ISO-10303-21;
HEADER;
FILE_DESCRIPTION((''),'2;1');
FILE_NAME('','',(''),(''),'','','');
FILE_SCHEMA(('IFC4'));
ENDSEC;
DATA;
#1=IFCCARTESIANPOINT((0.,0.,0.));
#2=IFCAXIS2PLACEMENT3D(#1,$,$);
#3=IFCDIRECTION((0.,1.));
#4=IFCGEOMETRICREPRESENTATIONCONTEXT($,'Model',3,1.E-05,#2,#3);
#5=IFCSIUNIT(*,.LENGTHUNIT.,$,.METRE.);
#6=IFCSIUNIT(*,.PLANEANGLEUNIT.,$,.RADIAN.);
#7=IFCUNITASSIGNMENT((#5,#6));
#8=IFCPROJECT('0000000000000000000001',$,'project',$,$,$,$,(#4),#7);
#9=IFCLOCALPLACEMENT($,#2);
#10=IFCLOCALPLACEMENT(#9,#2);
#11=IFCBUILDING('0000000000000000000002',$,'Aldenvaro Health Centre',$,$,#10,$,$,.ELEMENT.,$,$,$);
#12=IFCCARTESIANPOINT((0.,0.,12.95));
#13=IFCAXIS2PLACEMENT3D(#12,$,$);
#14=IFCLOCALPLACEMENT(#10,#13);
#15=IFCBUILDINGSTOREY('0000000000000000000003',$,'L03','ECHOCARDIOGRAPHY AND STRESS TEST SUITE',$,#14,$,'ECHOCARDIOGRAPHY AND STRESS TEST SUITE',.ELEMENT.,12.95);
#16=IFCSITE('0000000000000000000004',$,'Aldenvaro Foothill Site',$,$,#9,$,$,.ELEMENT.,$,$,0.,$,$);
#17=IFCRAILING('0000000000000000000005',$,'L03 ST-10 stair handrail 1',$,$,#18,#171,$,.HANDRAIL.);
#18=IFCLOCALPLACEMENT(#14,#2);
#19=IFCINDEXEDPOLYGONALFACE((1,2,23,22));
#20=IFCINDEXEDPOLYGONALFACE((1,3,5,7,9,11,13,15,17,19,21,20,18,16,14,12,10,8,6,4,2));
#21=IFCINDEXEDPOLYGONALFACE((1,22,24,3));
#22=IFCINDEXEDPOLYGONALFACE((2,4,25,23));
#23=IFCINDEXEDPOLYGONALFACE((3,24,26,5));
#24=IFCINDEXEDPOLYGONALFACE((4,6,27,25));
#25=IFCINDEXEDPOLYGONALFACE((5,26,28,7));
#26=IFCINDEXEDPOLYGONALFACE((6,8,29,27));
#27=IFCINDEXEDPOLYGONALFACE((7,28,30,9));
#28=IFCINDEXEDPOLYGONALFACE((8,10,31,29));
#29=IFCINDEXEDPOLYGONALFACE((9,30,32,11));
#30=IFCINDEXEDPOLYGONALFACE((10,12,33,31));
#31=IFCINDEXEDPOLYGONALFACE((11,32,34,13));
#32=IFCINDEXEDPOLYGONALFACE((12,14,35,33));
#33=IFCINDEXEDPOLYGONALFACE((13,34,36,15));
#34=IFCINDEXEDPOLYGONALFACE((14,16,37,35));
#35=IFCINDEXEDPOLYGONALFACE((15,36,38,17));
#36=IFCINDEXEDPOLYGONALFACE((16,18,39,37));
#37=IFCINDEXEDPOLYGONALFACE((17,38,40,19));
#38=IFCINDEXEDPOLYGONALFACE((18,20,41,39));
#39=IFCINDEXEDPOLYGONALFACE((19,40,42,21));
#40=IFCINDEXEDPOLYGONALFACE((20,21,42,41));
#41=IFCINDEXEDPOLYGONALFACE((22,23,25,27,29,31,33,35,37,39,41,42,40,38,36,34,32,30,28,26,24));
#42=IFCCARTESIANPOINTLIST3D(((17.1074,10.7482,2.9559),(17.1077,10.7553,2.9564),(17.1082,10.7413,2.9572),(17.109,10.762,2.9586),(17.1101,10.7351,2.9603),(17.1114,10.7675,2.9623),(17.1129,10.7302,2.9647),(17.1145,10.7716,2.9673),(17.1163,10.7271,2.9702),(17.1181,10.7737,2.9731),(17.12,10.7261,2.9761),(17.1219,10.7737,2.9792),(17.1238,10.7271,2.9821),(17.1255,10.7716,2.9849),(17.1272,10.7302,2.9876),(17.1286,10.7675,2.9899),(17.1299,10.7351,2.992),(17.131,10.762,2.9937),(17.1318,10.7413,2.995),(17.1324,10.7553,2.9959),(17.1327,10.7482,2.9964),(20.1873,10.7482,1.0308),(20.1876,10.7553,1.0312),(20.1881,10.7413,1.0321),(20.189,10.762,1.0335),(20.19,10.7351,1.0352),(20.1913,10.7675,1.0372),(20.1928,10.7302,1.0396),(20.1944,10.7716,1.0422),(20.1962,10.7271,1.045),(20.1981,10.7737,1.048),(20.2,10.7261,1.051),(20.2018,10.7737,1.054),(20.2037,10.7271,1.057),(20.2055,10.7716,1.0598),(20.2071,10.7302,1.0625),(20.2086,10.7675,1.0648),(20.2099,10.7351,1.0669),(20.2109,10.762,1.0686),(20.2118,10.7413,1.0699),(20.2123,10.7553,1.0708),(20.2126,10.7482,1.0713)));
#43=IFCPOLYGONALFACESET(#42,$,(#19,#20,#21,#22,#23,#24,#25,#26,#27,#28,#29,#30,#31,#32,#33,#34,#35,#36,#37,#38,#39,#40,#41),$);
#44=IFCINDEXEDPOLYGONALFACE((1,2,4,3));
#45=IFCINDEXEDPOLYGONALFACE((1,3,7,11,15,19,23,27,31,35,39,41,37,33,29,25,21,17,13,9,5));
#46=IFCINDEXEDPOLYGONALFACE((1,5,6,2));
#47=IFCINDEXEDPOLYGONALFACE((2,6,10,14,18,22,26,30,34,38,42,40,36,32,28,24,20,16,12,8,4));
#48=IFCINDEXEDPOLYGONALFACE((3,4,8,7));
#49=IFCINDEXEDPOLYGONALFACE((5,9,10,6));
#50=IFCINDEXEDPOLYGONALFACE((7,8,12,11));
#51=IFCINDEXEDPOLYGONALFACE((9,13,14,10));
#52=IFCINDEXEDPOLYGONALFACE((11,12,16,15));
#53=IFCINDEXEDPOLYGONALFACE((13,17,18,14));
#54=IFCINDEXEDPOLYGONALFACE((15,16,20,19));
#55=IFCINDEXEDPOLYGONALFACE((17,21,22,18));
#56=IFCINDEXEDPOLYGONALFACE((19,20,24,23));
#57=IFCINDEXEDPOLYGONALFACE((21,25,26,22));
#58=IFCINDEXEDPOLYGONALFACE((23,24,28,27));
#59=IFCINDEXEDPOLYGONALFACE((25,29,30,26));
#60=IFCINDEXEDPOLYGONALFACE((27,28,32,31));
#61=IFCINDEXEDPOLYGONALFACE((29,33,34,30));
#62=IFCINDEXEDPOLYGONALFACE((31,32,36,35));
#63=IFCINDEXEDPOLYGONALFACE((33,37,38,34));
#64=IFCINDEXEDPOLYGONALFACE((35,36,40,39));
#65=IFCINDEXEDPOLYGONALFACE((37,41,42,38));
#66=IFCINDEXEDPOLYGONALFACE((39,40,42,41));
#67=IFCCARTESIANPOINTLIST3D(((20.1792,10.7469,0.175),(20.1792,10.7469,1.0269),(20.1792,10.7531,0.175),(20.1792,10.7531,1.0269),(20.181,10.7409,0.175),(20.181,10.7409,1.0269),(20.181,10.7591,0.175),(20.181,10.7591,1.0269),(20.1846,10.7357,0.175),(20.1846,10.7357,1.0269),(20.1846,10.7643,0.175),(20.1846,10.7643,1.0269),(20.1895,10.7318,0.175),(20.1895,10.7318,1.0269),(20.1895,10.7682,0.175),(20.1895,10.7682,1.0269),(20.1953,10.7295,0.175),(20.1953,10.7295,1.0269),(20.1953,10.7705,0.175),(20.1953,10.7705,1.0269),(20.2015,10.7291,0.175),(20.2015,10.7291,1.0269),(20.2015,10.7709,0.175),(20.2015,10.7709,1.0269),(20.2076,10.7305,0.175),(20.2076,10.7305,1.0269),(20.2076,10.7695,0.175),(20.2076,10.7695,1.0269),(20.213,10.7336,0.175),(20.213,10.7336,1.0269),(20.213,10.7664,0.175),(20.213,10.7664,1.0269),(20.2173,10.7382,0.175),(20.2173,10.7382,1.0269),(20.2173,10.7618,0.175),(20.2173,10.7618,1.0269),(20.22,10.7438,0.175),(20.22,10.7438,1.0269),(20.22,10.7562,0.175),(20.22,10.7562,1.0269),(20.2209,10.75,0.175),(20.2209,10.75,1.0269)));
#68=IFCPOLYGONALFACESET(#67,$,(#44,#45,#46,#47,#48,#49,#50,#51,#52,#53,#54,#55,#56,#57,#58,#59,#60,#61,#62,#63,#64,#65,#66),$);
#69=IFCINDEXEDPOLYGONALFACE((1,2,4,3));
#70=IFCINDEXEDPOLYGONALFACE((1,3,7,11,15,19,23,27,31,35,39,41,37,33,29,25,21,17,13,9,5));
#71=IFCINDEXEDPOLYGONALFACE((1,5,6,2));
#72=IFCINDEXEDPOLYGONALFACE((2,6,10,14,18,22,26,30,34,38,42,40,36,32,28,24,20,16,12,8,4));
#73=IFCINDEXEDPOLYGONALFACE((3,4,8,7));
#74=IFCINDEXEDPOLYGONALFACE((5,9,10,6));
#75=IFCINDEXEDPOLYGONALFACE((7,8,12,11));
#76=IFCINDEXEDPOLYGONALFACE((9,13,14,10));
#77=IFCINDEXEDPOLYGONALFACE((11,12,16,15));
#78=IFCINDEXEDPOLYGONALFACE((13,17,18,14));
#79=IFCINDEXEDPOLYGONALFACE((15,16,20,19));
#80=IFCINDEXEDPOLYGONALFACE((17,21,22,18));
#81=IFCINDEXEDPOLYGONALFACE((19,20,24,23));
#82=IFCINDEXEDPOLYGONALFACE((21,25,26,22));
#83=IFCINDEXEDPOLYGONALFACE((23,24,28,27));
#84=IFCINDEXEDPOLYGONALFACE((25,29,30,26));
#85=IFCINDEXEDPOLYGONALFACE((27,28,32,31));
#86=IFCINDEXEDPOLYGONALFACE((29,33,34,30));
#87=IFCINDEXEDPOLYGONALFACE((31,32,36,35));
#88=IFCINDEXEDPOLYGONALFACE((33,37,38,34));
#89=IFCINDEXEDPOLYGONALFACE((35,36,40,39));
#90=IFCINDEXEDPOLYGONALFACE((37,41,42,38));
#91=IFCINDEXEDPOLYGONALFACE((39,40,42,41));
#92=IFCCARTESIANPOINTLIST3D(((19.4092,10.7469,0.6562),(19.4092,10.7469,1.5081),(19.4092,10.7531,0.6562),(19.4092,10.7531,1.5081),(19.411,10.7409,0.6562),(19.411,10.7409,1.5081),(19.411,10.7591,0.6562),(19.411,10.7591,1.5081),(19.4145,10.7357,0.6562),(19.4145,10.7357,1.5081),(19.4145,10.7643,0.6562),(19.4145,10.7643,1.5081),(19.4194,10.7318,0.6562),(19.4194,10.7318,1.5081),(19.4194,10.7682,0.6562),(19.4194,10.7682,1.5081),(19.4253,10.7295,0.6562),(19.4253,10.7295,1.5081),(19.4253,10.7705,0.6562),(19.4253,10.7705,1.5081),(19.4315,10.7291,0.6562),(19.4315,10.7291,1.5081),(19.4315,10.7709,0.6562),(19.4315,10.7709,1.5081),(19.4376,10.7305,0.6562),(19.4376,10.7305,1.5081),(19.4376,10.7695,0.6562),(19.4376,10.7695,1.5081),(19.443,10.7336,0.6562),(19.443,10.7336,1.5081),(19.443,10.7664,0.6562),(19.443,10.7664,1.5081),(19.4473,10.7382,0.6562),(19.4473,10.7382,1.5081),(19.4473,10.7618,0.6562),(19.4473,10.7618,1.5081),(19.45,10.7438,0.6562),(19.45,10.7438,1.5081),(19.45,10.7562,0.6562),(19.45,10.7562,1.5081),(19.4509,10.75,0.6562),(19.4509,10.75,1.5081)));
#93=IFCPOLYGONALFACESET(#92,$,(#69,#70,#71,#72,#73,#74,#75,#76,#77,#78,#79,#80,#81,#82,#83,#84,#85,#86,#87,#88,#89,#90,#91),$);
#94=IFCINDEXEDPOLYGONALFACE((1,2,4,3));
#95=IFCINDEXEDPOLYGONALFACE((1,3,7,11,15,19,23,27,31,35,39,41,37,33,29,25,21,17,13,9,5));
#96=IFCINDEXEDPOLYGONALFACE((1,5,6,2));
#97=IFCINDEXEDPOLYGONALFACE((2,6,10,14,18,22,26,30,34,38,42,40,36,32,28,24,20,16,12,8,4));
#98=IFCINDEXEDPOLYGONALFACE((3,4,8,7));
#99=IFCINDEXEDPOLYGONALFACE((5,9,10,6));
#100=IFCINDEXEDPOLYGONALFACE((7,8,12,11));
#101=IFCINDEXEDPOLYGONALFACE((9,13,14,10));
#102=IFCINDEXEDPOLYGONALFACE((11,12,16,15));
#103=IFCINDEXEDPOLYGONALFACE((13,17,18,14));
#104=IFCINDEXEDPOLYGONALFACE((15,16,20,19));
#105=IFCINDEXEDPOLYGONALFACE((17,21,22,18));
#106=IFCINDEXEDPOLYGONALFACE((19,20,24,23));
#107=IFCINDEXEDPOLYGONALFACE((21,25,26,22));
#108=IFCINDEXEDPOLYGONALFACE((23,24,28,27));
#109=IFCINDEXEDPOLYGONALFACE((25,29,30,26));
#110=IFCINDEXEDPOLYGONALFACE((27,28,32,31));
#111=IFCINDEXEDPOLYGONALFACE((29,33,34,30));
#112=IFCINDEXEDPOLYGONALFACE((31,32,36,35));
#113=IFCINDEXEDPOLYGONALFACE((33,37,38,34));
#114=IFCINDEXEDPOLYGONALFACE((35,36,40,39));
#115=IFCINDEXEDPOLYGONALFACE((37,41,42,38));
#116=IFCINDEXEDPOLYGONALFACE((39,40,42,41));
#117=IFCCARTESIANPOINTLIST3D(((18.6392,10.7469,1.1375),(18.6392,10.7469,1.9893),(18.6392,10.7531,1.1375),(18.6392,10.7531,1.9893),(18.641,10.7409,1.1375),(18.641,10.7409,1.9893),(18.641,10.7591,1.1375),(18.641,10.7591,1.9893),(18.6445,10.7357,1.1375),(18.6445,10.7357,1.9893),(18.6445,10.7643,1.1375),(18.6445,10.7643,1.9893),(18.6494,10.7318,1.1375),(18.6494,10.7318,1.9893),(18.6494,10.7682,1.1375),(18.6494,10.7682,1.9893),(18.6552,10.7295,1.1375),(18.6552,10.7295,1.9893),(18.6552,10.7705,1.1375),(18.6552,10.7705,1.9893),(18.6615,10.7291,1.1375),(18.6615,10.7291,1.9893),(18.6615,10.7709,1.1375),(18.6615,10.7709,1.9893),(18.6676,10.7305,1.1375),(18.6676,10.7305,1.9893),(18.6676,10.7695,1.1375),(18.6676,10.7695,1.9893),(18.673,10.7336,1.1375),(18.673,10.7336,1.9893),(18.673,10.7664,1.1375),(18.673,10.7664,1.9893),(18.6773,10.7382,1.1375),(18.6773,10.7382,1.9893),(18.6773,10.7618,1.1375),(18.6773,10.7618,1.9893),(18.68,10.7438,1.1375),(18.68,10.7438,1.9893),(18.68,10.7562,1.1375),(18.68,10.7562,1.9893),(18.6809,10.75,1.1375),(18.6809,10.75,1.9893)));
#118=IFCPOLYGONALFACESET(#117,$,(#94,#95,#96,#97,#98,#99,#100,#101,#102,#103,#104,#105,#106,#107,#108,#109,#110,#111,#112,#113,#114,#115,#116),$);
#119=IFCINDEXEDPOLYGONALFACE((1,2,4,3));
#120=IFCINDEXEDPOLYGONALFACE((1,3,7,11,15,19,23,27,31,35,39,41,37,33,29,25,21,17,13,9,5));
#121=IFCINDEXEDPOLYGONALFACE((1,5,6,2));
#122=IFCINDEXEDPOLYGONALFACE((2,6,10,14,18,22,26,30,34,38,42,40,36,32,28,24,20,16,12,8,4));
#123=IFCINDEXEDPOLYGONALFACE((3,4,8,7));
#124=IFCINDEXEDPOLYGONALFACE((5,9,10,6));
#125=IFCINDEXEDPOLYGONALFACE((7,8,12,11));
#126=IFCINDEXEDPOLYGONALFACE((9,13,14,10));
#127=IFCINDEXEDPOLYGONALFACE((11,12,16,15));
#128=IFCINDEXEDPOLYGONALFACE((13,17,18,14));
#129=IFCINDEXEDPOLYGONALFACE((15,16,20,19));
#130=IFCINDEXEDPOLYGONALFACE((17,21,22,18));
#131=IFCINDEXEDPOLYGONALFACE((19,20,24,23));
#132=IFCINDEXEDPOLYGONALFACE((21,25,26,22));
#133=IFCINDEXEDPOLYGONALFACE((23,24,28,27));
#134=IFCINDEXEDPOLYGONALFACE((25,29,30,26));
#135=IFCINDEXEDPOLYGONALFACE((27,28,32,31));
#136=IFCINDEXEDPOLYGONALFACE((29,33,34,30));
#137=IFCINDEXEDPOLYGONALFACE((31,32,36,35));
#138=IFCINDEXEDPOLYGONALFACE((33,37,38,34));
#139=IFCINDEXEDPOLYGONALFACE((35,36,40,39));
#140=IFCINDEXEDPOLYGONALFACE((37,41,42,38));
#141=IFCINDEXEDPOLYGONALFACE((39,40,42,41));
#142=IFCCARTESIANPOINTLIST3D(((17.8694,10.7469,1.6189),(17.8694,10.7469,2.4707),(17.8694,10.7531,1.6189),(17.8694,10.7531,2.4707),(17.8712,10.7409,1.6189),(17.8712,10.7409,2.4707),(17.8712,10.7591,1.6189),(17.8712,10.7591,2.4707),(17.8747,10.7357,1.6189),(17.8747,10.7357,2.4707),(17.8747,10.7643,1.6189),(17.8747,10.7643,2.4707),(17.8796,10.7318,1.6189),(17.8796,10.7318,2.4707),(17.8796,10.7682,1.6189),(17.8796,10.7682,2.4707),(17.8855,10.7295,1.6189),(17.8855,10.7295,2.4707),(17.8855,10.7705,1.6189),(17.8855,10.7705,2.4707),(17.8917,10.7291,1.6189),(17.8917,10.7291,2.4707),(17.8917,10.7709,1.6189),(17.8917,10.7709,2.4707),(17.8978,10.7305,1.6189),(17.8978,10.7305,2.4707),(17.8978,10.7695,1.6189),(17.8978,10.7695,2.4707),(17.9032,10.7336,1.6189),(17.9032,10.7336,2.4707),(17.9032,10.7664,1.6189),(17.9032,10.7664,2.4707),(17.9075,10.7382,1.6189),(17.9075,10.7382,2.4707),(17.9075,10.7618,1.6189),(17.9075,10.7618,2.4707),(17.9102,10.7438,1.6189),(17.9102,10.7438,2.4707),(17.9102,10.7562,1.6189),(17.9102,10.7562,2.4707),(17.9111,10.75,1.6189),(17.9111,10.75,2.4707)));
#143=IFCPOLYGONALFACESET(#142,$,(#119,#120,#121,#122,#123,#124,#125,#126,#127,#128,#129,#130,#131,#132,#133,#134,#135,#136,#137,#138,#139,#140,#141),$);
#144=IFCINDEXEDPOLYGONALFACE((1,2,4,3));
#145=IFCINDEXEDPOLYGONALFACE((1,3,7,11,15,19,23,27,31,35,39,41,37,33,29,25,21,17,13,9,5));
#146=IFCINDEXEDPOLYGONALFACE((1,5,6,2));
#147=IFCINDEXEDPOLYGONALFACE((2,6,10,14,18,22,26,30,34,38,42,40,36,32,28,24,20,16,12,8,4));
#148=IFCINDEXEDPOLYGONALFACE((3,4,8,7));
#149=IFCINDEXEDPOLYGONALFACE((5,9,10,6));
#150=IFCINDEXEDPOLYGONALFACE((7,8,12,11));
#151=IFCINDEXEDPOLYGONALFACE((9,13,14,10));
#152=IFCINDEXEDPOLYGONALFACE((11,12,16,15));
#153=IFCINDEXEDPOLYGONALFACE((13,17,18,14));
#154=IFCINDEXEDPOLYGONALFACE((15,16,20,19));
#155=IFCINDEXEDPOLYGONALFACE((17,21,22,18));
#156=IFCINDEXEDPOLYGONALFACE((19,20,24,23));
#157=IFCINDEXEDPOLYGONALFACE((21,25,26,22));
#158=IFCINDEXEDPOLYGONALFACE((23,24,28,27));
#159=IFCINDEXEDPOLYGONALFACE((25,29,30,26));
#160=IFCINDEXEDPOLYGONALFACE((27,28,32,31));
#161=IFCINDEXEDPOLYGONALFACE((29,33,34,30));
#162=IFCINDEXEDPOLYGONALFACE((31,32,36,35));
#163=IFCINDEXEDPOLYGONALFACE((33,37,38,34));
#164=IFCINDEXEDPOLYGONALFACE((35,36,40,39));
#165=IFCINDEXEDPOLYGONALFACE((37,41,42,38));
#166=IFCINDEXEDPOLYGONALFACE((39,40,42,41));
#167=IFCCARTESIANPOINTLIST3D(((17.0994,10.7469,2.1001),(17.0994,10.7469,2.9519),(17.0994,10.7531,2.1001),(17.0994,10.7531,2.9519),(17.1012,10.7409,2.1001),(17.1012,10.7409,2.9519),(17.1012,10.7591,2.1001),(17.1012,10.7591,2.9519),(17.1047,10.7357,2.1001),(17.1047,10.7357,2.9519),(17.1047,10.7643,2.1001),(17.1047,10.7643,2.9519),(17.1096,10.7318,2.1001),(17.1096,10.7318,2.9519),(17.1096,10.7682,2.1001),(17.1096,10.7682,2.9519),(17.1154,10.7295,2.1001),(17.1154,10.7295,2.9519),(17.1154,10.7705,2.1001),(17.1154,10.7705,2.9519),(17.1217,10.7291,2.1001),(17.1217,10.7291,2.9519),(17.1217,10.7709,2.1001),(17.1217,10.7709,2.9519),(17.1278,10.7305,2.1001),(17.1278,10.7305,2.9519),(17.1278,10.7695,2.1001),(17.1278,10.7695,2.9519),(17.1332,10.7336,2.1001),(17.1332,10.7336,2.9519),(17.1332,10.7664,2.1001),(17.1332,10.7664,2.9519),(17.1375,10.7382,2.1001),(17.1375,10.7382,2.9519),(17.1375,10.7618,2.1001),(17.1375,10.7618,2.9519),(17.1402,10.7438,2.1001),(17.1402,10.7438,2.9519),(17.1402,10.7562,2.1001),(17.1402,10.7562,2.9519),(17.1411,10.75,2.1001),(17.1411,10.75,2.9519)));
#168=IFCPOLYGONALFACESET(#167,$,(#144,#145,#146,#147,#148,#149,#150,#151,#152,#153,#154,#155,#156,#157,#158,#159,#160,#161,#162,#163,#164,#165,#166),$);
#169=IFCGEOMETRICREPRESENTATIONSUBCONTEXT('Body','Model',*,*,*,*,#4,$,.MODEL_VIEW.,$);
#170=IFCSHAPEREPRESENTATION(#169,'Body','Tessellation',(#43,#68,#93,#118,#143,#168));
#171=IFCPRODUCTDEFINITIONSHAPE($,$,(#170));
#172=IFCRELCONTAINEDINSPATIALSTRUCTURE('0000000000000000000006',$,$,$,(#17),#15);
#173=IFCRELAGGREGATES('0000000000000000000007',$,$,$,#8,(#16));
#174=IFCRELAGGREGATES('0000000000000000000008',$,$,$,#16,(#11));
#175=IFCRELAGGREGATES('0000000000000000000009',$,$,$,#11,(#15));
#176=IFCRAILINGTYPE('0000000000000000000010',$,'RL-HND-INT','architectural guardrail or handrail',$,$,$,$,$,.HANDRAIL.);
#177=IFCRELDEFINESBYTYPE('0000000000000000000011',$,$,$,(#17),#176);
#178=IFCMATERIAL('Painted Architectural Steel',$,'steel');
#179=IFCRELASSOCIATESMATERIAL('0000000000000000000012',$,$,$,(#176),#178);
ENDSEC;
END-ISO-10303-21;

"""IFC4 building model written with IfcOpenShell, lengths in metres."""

from ifc_helpers import new_model, si_unit, direction, frame, origin, origin_2d, place, context, subcontext, project, spatial, circle, extrude, material, type_object, element, save


model = new_model("IFC4")

# Units and contexts
model_context = context("Model", 3, precision=1e-05, world=origin(), true_north=direction((0.0, 1.0)))
body_context = subcontext(model_context, "Body", "Model", "MODEL_VIEW")
ifc_project = project(units=[si_unit("LENGTHUNIT", "METRE"), si_unit("PLANEANGLEUNIT", "RADIAN")], contexts=[model_context])

# Site, building, storey
site_placement = place(None, origin())
site = spatial("IfcSite", under=ifc_project, at=site_placement, Name="Aldenvaro Foothill Site", CompositionType="ELEMENT", RefElevation=0.0)
building_placement = place(site_placement, origin())
building = spatial("IfcBuilding", under=site, at=building_placement, Name="Aldenvaro Health Centre", CompositionType="ELEMENT")
storey_placement = place(building_placement, frame((0.0, 0.0, 12.95)))
storey = spatial("IfcBuildingStorey", under=building, at=storey_placement, Name="L03", Description="ECHOCARDIOGRAPHY AND STRESS TEST SUITE", LongName="ECHOCARDIOGRAPHY AND STRESS TEST SUITE", CompositionType="ELEMENT", Elevation=12.95)

# Railing
ifc_material_1 = material(Name="Painted Architectural Steel", Category="steel")
railing_type_1 = type_object("IfcRailingType", Name="RL-HND-INT", Description="architectural guardrail or handrail", PredefinedType="HANDRAIL", material=ifc_material_1)
railing_1_placement = place(storey_placement, frame((20.2, 10.75, 0.175)))
element("IfcRailing", 1, at=railing_1_placement, inside=storey, type_object=railing_type_1, Name="L03 ST-10 stair handrail 1", PredefinedType="HANDRAIL", context=body_context, shape_type="SweptSolid", body=[
    extrude(circle(Radius=0.0239, at=origin_2d()), frame((0.0, 0.0, 0.876), z_axis=(-0.847979, 0.0, 0.530029), x_axis=(0.0, -1.0, 0.0)), (0.0, 0.0, 1.0), 3.6321),
    extrude(circle(Radius=0.021, at=origin_2d()), origin(), (0.0, 0.0, 1.0), 0.8518),
    extrude(circle(Radius=0.021, at=origin_2d()), frame((-0.77, 0.0, 0.4812)), (0.0, 0.0, 1.0), 0.8518),
    extrude(circle(Radius=0.021, at=origin_2d()), frame((-1.54, 0.0, 0.9624)), (0.0, 0.0, 1.0), 0.8518),
    extrude(circle(Radius=0.021, at=origin_2d()), frame((-2.3098, 0.0, 1.4438)), (0.0, 0.0, 1.0), 0.8518),
    extrude(circle(Radius=0.021, at=origin_2d()), frame((-3.0798, 0.0, 1.925)), (0.0, 0.0, 1.0), 0.8518),
])

save(model, "model.ifc")
